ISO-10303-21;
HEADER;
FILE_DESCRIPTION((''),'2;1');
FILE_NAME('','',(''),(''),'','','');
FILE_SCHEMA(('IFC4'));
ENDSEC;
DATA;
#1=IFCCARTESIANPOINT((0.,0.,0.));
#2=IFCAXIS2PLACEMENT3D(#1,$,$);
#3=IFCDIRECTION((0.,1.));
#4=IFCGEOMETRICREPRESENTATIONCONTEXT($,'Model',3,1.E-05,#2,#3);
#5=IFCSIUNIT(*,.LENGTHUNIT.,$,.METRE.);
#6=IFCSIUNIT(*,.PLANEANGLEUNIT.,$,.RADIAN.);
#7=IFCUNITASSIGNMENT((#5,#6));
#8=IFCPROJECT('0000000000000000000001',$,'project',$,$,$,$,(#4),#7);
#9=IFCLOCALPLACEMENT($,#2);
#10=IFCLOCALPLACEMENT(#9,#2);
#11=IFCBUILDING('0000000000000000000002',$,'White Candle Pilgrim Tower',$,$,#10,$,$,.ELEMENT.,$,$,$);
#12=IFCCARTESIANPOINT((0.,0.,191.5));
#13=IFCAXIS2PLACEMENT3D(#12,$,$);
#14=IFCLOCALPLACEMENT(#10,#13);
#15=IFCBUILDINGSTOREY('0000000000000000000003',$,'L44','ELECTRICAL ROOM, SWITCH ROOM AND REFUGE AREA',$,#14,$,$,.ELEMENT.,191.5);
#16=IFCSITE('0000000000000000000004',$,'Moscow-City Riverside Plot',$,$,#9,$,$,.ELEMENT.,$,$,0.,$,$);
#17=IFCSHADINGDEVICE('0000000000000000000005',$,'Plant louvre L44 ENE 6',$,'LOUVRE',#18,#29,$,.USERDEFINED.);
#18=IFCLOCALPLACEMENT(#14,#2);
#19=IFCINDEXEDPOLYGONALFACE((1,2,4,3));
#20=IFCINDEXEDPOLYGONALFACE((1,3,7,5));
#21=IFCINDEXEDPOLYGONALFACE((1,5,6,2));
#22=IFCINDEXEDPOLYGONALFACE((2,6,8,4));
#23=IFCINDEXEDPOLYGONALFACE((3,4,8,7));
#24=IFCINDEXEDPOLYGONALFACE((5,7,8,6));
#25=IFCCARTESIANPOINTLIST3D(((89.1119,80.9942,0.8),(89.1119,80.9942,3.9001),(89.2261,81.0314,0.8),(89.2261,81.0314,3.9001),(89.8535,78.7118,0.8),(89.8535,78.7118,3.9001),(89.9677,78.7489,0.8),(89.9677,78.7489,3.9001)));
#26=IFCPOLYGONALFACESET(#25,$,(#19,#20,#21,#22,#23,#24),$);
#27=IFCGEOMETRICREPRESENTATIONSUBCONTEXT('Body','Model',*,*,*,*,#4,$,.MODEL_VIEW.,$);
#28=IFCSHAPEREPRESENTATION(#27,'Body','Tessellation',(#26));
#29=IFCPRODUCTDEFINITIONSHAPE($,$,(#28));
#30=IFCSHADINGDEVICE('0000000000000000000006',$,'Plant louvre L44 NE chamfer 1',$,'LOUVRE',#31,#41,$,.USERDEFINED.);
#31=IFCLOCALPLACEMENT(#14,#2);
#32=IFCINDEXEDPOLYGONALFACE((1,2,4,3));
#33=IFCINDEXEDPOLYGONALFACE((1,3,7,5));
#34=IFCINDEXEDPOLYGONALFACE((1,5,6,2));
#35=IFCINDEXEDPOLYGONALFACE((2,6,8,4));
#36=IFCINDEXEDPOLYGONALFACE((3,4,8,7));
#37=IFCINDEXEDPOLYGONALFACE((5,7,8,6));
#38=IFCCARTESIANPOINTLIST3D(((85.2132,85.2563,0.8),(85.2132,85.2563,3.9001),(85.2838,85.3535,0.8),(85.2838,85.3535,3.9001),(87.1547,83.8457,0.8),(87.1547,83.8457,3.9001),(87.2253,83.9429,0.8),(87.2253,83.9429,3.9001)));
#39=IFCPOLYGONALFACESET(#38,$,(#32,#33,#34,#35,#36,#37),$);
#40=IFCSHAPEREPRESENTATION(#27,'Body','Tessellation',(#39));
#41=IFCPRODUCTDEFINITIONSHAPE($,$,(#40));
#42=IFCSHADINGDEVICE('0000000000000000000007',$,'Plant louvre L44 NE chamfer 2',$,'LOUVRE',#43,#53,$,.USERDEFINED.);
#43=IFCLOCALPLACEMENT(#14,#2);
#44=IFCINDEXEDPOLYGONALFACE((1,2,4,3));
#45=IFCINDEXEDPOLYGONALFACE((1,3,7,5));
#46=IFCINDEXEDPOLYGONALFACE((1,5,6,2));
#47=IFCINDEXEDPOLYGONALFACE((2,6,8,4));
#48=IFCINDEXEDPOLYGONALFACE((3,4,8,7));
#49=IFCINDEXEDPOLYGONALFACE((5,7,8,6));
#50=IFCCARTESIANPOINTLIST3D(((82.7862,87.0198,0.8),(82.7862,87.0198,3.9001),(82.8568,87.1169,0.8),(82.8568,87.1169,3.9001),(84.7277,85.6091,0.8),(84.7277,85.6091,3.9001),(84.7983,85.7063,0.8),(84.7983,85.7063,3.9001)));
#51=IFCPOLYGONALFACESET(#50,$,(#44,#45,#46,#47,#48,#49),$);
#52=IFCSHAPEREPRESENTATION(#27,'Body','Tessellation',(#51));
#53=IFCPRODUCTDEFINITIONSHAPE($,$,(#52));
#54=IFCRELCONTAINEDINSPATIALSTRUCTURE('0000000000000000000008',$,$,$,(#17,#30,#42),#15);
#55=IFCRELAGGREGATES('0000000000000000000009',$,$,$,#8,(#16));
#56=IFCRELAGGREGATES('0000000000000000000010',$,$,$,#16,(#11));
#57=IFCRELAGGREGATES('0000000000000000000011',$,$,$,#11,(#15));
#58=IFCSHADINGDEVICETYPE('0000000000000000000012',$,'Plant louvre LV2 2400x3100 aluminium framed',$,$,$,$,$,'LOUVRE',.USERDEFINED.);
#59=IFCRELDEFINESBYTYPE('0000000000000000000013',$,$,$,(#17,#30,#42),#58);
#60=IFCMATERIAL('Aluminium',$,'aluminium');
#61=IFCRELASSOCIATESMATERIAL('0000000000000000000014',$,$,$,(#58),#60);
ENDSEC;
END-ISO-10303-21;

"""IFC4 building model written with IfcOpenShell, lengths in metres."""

from ifc_helpers import new_model, si_unit, direction, frame, origin, origin_2d, place, context, subcontext, project, spatial, rectangle, extrude, material, type_object, element, save


model = new_model("IFC4")

# Units and contexts
model_context = context("Model", 3, precision=1e-05, world=origin(), true_north=direction((0.0, 1.0)))
body_context = subcontext(model_context, "Body", "Model", "MODEL_VIEW")
ifc_project = project(units=[si_unit("LENGTHUNIT", "METRE"), si_unit("PLANEANGLEUNIT", "RADIAN")], contexts=[model_context])

# Site, building, storey
site_placement = place(None, origin())
site = spatial("IfcSite", under=ifc_project, at=site_placement, Name="Moscow-City Riverside Plot", CompositionType="ELEMENT", RefElevation=0.0)
building_placement = place(site_placement, origin())
building = spatial("IfcBuilding", under=site, at=building_placement, Name="White Candle Pilgrim Tower", CompositionType="ELEMENT")
storey_placement = place(building_placement, frame((0.0, 0.0, 191.5)))
storey = spatial("IfcBuildingStorey", under=building, at=storey_placement, Name="L44", Description="ELECTRICAL ROOM, SWITCH ROOM AND REFUGE AREA", CompositionType="ELEMENT", Elevation=191.5)

# Shading devices
ifc_material_1 = material(Name="Aluminium", Category="aluminium")
shading_device_type = type_object("IfcShadingDeviceType", Name="Plant louvre LV2 2400x3100 aluminium framed", ElementType="LOUVRE", PredefinedType="USERDEFINED", material=ifc_material_1)
for number, where, z_axis, x_axis, name in (
    (1, (89.5398, 79.8716, 0.8), (0.0, 0.0, 1.0), (-0.309017, 0.951057, 0.0), "Plant louvre L44 ENE 6"),
    (2, (86.2192, 84.5996, 0.8), (0.0, 0.0, 1.0), (-0.809017, 0.587785, 0.0), "Plant louvre L44 NE chamfer 1"),
    (3, (83.7922, 86.363, 0.8), (0.0, 0.0, 1.0), (-0.809017, 0.587785, 0.0), "Plant louvre L44 NE chamfer 2"),
):
    element("IfcShadingDevice", number, at=place(storey_placement, frame(where, z_axis=z_axis, x_axis=x_axis)), inside=storey, type_object=shading_device_type, Name=name, ObjectType="LOUVRE", PredefinedType="USERDEFINED", context=body_context, shape_type="SweptSolid", body=[
        extrude(rectangle(XDim=2.3999, YDim=0.1201, at=origin_2d()), origin(), (0.0, 0.0, 1.0), 3.1001),
    ])

save(model, "model.ifc")
